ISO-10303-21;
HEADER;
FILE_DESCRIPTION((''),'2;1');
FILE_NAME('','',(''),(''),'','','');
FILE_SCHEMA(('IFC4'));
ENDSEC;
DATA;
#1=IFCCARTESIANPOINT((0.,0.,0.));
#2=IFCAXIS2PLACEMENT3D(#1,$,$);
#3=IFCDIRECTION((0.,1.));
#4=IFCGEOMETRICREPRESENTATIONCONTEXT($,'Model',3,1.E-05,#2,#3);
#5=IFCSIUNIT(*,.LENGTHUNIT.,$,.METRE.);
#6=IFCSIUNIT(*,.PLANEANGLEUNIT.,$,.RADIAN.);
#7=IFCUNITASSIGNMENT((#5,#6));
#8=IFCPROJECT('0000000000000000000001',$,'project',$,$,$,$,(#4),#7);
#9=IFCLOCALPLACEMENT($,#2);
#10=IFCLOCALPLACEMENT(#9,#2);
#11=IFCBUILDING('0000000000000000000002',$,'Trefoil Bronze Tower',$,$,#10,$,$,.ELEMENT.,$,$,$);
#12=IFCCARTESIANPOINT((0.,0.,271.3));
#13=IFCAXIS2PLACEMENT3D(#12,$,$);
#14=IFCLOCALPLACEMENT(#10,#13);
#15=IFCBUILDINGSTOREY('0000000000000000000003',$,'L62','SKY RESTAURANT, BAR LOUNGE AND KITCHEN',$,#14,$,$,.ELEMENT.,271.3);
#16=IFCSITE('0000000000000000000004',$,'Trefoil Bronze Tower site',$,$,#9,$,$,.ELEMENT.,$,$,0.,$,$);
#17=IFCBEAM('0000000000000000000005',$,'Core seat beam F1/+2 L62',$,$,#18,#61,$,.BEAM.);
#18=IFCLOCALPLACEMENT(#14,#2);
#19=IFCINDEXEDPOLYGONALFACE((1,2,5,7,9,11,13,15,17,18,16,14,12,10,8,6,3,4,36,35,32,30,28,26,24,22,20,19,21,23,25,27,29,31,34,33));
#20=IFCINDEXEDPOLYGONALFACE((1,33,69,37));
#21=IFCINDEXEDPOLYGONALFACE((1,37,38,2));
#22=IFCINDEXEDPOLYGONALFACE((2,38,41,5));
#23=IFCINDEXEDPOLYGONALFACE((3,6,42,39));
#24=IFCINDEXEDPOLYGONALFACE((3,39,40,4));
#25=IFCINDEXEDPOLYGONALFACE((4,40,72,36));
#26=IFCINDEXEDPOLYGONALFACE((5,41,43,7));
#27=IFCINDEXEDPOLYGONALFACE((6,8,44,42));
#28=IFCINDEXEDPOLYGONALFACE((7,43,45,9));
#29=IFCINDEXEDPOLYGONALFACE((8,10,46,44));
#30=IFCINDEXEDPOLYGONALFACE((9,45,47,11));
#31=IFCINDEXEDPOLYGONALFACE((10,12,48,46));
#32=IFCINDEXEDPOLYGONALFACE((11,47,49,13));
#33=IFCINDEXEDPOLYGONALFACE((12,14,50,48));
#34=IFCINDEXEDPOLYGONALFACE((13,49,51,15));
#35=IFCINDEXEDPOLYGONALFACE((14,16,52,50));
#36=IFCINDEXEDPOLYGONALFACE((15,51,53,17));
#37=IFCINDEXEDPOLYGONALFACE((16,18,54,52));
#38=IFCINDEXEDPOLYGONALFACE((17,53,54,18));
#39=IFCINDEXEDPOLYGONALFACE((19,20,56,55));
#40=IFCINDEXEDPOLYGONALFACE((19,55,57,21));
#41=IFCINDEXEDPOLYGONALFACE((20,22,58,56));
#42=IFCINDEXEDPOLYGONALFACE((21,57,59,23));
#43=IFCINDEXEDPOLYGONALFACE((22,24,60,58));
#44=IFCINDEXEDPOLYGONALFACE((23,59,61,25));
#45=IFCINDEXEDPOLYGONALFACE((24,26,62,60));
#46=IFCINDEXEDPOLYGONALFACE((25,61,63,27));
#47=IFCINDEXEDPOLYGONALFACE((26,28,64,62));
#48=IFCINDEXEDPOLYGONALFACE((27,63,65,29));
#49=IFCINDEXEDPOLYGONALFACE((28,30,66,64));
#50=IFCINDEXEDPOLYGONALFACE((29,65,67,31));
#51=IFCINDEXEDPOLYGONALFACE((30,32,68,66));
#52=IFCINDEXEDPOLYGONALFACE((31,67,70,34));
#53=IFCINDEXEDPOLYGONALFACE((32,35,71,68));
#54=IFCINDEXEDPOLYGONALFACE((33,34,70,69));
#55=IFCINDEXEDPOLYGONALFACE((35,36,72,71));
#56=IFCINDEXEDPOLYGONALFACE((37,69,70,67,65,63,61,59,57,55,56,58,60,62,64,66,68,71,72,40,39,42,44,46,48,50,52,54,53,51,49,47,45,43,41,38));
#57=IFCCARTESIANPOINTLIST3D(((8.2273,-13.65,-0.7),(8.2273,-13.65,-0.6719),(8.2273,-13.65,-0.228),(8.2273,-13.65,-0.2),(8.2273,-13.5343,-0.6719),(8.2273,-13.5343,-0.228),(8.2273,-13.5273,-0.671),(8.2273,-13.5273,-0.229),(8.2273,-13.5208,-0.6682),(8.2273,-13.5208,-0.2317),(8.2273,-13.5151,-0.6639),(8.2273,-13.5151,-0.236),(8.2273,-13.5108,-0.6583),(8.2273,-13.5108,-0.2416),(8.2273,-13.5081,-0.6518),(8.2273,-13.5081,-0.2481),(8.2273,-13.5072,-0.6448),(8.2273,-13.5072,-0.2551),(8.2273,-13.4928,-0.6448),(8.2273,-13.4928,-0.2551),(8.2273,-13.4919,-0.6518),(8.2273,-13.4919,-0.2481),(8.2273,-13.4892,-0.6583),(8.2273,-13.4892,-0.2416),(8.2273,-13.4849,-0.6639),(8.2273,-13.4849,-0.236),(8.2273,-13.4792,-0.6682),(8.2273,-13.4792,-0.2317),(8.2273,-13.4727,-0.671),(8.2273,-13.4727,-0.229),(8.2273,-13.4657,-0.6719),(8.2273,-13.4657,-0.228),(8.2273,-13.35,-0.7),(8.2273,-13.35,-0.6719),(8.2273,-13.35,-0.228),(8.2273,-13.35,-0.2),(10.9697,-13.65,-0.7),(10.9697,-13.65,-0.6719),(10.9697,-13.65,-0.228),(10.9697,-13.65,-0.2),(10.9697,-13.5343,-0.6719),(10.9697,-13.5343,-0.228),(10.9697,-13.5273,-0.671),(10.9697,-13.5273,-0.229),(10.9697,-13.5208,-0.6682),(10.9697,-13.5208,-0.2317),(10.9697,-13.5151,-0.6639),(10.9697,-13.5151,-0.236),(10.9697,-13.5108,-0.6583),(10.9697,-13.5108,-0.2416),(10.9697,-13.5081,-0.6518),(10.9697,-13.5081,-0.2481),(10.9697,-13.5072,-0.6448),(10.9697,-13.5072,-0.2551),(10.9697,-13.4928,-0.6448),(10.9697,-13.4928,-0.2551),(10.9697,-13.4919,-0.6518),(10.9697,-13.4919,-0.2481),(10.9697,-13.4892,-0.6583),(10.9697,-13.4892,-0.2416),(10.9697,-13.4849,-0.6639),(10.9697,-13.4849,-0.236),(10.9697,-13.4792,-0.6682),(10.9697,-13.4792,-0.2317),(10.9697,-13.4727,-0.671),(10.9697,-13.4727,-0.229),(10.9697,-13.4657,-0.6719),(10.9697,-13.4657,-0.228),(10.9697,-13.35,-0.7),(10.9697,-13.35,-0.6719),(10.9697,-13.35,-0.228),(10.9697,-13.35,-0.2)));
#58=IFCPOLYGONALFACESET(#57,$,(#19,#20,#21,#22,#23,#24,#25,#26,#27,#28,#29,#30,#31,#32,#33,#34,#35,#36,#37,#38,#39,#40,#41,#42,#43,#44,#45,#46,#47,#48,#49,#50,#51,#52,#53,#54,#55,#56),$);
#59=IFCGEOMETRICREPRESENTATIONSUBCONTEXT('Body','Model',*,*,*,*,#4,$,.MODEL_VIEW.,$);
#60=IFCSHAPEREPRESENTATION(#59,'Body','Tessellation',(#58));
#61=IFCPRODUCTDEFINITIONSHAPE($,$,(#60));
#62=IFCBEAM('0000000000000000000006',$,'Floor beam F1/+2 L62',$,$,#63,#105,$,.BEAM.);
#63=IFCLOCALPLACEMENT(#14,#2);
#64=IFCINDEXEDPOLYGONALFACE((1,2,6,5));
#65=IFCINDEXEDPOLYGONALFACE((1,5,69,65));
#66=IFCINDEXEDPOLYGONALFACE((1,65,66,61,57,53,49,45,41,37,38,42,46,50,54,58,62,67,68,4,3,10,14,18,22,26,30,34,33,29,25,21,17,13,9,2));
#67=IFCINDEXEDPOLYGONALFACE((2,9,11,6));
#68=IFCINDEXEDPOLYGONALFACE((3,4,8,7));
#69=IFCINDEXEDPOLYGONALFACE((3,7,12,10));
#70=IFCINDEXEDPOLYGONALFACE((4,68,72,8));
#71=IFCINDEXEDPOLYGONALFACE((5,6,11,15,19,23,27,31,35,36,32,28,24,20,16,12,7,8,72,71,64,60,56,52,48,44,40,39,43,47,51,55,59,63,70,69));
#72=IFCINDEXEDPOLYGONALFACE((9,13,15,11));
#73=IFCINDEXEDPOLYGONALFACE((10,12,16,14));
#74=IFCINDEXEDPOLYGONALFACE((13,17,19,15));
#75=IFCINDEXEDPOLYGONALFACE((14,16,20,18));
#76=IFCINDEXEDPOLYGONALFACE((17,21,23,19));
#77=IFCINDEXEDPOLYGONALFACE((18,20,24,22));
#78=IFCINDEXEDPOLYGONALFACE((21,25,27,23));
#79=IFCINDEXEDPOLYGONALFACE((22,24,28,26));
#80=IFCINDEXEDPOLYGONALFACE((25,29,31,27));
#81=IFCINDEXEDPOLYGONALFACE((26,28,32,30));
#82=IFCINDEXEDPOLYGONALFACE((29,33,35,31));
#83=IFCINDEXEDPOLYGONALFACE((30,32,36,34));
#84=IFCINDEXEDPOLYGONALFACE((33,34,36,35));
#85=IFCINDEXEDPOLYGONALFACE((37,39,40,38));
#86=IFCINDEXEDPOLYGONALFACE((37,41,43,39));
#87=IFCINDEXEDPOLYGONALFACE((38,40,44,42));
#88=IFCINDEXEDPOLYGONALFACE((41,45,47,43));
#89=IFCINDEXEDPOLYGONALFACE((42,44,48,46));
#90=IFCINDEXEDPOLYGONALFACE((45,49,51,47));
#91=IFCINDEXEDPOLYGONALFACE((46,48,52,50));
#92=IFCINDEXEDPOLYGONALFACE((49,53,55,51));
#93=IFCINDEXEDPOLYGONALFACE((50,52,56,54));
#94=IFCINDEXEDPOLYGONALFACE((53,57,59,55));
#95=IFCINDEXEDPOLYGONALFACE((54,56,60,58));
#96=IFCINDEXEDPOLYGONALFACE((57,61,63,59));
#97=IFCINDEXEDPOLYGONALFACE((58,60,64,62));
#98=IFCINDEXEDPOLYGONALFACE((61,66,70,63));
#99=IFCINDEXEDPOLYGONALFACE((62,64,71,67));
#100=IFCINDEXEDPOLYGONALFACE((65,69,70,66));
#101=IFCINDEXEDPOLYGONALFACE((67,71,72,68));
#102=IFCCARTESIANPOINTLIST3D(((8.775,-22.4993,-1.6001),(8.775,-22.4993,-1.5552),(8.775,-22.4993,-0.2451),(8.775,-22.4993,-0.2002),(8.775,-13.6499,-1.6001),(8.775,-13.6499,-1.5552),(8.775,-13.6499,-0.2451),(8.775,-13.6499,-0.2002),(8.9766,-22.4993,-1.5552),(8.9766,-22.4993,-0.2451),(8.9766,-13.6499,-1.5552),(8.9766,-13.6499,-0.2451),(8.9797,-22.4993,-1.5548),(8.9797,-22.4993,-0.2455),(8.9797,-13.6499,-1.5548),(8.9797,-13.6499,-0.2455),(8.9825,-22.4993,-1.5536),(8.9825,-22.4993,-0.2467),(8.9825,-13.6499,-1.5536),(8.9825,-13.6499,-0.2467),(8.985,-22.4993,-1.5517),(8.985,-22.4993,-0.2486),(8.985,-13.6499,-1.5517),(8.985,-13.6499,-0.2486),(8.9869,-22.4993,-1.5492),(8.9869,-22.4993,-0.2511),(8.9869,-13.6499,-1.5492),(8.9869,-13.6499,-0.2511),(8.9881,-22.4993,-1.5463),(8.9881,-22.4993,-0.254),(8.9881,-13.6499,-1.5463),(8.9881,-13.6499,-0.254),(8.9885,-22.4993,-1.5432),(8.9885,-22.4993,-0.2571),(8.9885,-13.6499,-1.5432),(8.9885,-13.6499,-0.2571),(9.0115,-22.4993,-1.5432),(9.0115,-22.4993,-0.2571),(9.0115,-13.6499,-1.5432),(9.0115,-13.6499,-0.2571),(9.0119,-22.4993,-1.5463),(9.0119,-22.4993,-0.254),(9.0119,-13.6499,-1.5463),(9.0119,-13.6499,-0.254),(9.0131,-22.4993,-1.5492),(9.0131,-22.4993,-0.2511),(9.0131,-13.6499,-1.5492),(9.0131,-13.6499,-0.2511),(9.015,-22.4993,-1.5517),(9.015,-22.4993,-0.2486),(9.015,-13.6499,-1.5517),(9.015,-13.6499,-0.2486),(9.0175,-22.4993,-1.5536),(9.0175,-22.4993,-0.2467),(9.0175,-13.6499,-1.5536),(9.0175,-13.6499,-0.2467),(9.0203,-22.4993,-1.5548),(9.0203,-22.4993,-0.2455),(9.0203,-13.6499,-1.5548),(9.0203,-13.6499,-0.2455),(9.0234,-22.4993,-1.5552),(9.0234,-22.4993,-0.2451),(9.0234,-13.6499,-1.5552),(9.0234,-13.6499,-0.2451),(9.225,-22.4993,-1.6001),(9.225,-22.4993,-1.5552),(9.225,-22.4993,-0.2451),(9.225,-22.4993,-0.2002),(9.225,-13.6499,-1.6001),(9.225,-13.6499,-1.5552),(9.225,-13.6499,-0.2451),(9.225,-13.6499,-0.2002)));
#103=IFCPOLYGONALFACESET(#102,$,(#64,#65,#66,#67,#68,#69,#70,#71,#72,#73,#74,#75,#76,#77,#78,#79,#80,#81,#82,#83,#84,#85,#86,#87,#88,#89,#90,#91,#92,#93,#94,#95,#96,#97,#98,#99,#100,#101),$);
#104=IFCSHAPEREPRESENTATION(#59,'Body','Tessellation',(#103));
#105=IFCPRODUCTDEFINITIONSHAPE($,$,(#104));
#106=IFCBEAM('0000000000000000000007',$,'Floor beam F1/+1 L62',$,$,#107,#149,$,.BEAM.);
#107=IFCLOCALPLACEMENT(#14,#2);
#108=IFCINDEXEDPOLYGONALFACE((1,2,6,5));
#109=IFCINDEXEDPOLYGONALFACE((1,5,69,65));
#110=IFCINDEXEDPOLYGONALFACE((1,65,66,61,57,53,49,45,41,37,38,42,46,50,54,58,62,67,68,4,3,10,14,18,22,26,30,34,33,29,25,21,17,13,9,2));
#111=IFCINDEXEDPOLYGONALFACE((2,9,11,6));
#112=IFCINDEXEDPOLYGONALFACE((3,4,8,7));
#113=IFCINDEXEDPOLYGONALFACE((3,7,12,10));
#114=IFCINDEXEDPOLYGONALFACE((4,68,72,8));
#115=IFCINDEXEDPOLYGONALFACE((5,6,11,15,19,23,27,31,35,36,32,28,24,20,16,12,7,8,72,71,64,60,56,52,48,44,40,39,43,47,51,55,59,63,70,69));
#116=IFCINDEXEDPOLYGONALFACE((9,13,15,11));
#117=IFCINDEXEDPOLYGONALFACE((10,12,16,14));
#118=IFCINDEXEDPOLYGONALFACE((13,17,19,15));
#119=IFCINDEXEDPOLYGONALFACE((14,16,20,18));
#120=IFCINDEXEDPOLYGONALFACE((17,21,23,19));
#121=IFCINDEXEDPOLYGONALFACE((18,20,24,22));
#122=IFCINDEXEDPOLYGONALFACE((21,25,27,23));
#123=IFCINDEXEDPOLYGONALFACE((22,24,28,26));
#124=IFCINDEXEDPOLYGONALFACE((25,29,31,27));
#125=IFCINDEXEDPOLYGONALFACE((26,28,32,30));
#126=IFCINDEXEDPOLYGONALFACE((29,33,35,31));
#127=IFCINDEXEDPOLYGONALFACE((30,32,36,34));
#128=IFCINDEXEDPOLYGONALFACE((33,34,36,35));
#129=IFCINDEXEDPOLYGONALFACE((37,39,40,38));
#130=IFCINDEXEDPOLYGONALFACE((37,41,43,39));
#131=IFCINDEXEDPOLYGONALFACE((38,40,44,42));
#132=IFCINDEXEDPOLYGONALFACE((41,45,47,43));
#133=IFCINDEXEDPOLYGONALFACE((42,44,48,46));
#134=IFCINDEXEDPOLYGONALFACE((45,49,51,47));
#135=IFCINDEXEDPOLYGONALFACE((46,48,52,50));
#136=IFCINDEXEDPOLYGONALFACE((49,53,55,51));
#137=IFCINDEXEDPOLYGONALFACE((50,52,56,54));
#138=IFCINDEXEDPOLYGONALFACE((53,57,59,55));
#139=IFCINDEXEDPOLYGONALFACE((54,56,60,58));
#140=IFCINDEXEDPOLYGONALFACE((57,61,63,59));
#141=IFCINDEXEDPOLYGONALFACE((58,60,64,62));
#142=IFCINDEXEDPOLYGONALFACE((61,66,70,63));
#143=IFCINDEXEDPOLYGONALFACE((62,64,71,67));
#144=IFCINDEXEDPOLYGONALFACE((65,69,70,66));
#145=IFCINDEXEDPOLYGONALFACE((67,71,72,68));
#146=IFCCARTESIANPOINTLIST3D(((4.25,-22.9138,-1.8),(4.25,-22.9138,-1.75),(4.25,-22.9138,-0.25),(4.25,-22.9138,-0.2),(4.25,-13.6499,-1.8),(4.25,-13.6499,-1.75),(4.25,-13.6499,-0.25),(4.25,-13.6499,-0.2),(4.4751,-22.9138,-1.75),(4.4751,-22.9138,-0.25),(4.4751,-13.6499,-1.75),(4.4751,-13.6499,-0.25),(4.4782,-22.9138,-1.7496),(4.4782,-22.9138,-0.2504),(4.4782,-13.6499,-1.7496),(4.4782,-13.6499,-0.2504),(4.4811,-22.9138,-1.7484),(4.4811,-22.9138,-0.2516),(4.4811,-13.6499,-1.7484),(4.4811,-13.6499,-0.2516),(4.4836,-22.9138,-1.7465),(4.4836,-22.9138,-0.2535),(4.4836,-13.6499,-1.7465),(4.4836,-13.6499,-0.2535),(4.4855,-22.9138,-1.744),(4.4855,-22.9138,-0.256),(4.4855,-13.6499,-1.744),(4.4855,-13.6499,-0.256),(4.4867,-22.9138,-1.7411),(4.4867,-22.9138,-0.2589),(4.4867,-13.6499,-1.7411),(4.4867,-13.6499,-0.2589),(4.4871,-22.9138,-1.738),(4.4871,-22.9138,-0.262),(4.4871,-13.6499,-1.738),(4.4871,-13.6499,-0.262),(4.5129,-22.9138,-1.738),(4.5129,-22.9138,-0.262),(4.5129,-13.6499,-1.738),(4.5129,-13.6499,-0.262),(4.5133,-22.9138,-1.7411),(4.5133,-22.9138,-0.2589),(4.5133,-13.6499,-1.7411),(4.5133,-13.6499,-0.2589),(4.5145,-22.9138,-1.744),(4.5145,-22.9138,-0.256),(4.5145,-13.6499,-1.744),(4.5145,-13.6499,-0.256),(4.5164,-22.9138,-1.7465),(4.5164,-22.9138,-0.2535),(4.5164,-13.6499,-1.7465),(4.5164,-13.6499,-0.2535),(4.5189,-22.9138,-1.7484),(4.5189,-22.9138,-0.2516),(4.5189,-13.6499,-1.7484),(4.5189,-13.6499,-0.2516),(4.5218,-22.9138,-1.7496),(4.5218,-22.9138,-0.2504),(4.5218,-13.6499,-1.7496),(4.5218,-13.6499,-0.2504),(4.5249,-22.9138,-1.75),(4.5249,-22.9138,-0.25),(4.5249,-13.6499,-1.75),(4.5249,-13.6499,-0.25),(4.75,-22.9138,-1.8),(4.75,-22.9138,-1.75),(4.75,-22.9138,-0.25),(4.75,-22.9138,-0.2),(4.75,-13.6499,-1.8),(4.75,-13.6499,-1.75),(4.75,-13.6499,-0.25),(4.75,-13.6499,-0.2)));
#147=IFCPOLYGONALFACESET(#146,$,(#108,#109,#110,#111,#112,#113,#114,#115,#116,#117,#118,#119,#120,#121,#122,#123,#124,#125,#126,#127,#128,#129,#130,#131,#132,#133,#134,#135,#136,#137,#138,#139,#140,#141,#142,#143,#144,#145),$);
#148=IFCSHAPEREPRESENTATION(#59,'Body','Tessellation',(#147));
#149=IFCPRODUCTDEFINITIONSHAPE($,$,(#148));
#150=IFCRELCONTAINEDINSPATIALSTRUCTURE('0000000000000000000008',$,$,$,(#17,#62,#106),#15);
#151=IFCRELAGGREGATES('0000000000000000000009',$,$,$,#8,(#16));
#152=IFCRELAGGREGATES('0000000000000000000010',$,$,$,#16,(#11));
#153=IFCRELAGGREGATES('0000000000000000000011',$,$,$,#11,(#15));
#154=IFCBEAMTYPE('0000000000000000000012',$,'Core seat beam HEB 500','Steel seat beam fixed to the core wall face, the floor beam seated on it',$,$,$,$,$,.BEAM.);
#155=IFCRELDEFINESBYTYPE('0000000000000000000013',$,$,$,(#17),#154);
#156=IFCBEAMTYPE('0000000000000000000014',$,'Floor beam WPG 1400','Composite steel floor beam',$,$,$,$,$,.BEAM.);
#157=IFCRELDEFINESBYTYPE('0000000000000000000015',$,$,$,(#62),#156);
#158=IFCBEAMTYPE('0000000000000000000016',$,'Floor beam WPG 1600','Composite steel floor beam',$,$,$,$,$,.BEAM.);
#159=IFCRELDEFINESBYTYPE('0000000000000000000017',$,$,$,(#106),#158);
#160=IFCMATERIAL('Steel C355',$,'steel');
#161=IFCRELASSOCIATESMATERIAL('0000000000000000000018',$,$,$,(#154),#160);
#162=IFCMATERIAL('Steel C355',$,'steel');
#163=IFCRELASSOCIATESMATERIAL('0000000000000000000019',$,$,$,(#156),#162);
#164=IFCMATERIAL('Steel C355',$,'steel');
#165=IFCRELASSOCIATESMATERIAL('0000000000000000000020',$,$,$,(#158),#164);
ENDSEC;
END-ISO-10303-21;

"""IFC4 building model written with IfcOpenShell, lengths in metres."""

from ifc_helpers import new_model, si_unit, direction, frame, origin, origin_2d, place, context, subcontext, project, spatial, i_section, extrude, material, material_profile, profile_set, type_object, element, save


model = new_model("IFC4")

# Units and contexts
model_context = context("Model", 3, precision=1e-05, world=origin(), true_north=direction((0.0, 1.0)))
body_context = subcontext(model_context, "Body", "Model", "MODEL_VIEW")
ifc_project = project(units=[si_unit("LENGTHUNIT", "METRE"), si_unit("PLANEANGLEUNIT", "RADIAN")], contexts=[model_context])

# Site, building, storey
site_placement = place(None, origin())
site = spatial("IfcSite", under=ifc_project, at=site_placement, Name="Trefoil Bronze Tower site", CompositionType="ELEMENT", RefElevation=0.0)
building_placement = place(site_placement, origin())
building = spatial("IfcBuilding", under=site, at=building_placement, Name="Trefoil Bronze Tower", CompositionType="ELEMENT")
storey_placement = place(building_placement, frame((0.0, 0.0, 271.3)))
storey = spatial("IfcBuildingStorey", under=building, at=storey_placement, Name="L62", Description="SKY RESTAURANT, BAR LOUNGE AND KITCHEN", CompositionType="ELEMENT", Elevation=271.3)

# Beams
ifc_material_1 = material(Name="Steel C355", Category="steel")
ifc_material_profile_1 = material_profile(ifc_material_1, i_section(OverallWidth=0.3, OverallDepth=0.5, WebThickness=0.0144, FlangeThickness=0.0281, FilletRadius=0.0271, at=origin_2d()), Name="HEB 500")
ifc_profile_set_1 = profile_set([ifc_material_profile_1], Name="Steel C355")
beam_type_1 = type_object("IfcBeamType", Name="Core seat beam HEB 500", Description="Steel seat beam fixed to the core wall face, the floor beam seated on it", PredefinedType="BEAM", material=ifc_profile_set_1)
for number, where, z_axis, x_axis, name in (
    (1, (8.2273, -13.5, -0.45), (1.0, 0.0, 0.0), (0.0, 1.0, 0.0), "Core seat beam F1/+2 L62"),
):
    element("IfcBeam", number, at=place(storey_placement, frame(where, z_axis=z_axis, x_axis=x_axis)), inside=storey, type_object=beam_type_1, Name=name, PredefinedType="BEAM", context=body_context, shape_type="SweptSolid", body=[
        extrude(i_section(OverallWidth=0.3, OverallDepth=0.5, WebThickness=0.0144, FlangeThickness=0.0281, FilletRadius=0.0271, at=origin_2d()), origin(), (0.0, 0.0, 1.0), 2.7424),
    ])
ifc_material_2 = material(Name="Steel C355", Category="steel")
ifc_material_profile_2 = material_profile(ifc_material_2, i_section(OverallWidth=0.45, OverallDepth=1.3999, WebThickness=0.0229, FlangeThickness=0.0449, FilletRadius=0.012, at=origin_2d()), Name="WPG 1400")
ifc_profile_set_2 = profile_set([ifc_material_profile_2], Name="Steel C355")
beam_type_2 = type_object("IfcBeamType", Name="Floor beam WPG 1400", Description="Composite steel floor beam", PredefinedType="BEAM", material=ifc_profile_set_2)
beam_1_placement = place(storey_placement, frame((9.0, -22.4993, -0.9001), z_axis=(0.0, 1.0, 0.0), x_axis=(-1.0, 0.0, 0.0)))
element("IfcBeam", 2, at=beam_1_placement, inside=storey, type_object=beam_type_2, Name="Floor beam F1/+2 L62", PredefinedType="BEAM", context=body_context, shape_type="SweptSolid", body=[
    extrude(i_section(OverallWidth=0.45, OverallDepth=1.3999, WebThickness=0.0229, FlangeThickness=0.0449, FilletRadius=0.012, at=origin_2d()), origin(), (0.0, 0.0, 1.0), 8.8494),
])
ifc_material_3 = material(Name="Steel C355", Category="steel")
ifc_material_profile_3 = material_profile(ifc_material_3, i_section(OverallWidth=0.5, OverallDepth=1.6001, WebThickness=0.0259, FlangeThickness=0.05, FilletRadius=0.012, at=origin_2d()), Name="WPG 1600")
ifc_profile_set_3 = profile_set([ifc_material_profile_3], Name="Steel C355")
beam_type_3 = type_object("IfcBeamType", Name="Floor beam WPG 1600", Description="Composite steel floor beam", PredefinedType="BEAM", material=ifc_profile_set_3)
beam_2_placement = place(storey_placement, frame((4.5, -22.9138, -1.0), z_axis=(0.0, 1.0, 0.0), x_axis=(-1.0, 0.0, 0.0)))
element("IfcBeam", 3, at=beam_2_placement, inside=storey, type_object=beam_type_3, Name="Floor beam F1/+1 L62", PredefinedType="BEAM", context=body_context, shape_type="SweptSolid", body=[
    extrude(i_section(OverallWidth=0.5, OverallDepth=1.6001, WebThickness=0.0259, FlangeThickness=0.05, FilletRadius=0.012, at=origin_2d()), origin(), (0.0, 0.0, 1.0), 9.2639),
])

save(model, "model.ifc")
